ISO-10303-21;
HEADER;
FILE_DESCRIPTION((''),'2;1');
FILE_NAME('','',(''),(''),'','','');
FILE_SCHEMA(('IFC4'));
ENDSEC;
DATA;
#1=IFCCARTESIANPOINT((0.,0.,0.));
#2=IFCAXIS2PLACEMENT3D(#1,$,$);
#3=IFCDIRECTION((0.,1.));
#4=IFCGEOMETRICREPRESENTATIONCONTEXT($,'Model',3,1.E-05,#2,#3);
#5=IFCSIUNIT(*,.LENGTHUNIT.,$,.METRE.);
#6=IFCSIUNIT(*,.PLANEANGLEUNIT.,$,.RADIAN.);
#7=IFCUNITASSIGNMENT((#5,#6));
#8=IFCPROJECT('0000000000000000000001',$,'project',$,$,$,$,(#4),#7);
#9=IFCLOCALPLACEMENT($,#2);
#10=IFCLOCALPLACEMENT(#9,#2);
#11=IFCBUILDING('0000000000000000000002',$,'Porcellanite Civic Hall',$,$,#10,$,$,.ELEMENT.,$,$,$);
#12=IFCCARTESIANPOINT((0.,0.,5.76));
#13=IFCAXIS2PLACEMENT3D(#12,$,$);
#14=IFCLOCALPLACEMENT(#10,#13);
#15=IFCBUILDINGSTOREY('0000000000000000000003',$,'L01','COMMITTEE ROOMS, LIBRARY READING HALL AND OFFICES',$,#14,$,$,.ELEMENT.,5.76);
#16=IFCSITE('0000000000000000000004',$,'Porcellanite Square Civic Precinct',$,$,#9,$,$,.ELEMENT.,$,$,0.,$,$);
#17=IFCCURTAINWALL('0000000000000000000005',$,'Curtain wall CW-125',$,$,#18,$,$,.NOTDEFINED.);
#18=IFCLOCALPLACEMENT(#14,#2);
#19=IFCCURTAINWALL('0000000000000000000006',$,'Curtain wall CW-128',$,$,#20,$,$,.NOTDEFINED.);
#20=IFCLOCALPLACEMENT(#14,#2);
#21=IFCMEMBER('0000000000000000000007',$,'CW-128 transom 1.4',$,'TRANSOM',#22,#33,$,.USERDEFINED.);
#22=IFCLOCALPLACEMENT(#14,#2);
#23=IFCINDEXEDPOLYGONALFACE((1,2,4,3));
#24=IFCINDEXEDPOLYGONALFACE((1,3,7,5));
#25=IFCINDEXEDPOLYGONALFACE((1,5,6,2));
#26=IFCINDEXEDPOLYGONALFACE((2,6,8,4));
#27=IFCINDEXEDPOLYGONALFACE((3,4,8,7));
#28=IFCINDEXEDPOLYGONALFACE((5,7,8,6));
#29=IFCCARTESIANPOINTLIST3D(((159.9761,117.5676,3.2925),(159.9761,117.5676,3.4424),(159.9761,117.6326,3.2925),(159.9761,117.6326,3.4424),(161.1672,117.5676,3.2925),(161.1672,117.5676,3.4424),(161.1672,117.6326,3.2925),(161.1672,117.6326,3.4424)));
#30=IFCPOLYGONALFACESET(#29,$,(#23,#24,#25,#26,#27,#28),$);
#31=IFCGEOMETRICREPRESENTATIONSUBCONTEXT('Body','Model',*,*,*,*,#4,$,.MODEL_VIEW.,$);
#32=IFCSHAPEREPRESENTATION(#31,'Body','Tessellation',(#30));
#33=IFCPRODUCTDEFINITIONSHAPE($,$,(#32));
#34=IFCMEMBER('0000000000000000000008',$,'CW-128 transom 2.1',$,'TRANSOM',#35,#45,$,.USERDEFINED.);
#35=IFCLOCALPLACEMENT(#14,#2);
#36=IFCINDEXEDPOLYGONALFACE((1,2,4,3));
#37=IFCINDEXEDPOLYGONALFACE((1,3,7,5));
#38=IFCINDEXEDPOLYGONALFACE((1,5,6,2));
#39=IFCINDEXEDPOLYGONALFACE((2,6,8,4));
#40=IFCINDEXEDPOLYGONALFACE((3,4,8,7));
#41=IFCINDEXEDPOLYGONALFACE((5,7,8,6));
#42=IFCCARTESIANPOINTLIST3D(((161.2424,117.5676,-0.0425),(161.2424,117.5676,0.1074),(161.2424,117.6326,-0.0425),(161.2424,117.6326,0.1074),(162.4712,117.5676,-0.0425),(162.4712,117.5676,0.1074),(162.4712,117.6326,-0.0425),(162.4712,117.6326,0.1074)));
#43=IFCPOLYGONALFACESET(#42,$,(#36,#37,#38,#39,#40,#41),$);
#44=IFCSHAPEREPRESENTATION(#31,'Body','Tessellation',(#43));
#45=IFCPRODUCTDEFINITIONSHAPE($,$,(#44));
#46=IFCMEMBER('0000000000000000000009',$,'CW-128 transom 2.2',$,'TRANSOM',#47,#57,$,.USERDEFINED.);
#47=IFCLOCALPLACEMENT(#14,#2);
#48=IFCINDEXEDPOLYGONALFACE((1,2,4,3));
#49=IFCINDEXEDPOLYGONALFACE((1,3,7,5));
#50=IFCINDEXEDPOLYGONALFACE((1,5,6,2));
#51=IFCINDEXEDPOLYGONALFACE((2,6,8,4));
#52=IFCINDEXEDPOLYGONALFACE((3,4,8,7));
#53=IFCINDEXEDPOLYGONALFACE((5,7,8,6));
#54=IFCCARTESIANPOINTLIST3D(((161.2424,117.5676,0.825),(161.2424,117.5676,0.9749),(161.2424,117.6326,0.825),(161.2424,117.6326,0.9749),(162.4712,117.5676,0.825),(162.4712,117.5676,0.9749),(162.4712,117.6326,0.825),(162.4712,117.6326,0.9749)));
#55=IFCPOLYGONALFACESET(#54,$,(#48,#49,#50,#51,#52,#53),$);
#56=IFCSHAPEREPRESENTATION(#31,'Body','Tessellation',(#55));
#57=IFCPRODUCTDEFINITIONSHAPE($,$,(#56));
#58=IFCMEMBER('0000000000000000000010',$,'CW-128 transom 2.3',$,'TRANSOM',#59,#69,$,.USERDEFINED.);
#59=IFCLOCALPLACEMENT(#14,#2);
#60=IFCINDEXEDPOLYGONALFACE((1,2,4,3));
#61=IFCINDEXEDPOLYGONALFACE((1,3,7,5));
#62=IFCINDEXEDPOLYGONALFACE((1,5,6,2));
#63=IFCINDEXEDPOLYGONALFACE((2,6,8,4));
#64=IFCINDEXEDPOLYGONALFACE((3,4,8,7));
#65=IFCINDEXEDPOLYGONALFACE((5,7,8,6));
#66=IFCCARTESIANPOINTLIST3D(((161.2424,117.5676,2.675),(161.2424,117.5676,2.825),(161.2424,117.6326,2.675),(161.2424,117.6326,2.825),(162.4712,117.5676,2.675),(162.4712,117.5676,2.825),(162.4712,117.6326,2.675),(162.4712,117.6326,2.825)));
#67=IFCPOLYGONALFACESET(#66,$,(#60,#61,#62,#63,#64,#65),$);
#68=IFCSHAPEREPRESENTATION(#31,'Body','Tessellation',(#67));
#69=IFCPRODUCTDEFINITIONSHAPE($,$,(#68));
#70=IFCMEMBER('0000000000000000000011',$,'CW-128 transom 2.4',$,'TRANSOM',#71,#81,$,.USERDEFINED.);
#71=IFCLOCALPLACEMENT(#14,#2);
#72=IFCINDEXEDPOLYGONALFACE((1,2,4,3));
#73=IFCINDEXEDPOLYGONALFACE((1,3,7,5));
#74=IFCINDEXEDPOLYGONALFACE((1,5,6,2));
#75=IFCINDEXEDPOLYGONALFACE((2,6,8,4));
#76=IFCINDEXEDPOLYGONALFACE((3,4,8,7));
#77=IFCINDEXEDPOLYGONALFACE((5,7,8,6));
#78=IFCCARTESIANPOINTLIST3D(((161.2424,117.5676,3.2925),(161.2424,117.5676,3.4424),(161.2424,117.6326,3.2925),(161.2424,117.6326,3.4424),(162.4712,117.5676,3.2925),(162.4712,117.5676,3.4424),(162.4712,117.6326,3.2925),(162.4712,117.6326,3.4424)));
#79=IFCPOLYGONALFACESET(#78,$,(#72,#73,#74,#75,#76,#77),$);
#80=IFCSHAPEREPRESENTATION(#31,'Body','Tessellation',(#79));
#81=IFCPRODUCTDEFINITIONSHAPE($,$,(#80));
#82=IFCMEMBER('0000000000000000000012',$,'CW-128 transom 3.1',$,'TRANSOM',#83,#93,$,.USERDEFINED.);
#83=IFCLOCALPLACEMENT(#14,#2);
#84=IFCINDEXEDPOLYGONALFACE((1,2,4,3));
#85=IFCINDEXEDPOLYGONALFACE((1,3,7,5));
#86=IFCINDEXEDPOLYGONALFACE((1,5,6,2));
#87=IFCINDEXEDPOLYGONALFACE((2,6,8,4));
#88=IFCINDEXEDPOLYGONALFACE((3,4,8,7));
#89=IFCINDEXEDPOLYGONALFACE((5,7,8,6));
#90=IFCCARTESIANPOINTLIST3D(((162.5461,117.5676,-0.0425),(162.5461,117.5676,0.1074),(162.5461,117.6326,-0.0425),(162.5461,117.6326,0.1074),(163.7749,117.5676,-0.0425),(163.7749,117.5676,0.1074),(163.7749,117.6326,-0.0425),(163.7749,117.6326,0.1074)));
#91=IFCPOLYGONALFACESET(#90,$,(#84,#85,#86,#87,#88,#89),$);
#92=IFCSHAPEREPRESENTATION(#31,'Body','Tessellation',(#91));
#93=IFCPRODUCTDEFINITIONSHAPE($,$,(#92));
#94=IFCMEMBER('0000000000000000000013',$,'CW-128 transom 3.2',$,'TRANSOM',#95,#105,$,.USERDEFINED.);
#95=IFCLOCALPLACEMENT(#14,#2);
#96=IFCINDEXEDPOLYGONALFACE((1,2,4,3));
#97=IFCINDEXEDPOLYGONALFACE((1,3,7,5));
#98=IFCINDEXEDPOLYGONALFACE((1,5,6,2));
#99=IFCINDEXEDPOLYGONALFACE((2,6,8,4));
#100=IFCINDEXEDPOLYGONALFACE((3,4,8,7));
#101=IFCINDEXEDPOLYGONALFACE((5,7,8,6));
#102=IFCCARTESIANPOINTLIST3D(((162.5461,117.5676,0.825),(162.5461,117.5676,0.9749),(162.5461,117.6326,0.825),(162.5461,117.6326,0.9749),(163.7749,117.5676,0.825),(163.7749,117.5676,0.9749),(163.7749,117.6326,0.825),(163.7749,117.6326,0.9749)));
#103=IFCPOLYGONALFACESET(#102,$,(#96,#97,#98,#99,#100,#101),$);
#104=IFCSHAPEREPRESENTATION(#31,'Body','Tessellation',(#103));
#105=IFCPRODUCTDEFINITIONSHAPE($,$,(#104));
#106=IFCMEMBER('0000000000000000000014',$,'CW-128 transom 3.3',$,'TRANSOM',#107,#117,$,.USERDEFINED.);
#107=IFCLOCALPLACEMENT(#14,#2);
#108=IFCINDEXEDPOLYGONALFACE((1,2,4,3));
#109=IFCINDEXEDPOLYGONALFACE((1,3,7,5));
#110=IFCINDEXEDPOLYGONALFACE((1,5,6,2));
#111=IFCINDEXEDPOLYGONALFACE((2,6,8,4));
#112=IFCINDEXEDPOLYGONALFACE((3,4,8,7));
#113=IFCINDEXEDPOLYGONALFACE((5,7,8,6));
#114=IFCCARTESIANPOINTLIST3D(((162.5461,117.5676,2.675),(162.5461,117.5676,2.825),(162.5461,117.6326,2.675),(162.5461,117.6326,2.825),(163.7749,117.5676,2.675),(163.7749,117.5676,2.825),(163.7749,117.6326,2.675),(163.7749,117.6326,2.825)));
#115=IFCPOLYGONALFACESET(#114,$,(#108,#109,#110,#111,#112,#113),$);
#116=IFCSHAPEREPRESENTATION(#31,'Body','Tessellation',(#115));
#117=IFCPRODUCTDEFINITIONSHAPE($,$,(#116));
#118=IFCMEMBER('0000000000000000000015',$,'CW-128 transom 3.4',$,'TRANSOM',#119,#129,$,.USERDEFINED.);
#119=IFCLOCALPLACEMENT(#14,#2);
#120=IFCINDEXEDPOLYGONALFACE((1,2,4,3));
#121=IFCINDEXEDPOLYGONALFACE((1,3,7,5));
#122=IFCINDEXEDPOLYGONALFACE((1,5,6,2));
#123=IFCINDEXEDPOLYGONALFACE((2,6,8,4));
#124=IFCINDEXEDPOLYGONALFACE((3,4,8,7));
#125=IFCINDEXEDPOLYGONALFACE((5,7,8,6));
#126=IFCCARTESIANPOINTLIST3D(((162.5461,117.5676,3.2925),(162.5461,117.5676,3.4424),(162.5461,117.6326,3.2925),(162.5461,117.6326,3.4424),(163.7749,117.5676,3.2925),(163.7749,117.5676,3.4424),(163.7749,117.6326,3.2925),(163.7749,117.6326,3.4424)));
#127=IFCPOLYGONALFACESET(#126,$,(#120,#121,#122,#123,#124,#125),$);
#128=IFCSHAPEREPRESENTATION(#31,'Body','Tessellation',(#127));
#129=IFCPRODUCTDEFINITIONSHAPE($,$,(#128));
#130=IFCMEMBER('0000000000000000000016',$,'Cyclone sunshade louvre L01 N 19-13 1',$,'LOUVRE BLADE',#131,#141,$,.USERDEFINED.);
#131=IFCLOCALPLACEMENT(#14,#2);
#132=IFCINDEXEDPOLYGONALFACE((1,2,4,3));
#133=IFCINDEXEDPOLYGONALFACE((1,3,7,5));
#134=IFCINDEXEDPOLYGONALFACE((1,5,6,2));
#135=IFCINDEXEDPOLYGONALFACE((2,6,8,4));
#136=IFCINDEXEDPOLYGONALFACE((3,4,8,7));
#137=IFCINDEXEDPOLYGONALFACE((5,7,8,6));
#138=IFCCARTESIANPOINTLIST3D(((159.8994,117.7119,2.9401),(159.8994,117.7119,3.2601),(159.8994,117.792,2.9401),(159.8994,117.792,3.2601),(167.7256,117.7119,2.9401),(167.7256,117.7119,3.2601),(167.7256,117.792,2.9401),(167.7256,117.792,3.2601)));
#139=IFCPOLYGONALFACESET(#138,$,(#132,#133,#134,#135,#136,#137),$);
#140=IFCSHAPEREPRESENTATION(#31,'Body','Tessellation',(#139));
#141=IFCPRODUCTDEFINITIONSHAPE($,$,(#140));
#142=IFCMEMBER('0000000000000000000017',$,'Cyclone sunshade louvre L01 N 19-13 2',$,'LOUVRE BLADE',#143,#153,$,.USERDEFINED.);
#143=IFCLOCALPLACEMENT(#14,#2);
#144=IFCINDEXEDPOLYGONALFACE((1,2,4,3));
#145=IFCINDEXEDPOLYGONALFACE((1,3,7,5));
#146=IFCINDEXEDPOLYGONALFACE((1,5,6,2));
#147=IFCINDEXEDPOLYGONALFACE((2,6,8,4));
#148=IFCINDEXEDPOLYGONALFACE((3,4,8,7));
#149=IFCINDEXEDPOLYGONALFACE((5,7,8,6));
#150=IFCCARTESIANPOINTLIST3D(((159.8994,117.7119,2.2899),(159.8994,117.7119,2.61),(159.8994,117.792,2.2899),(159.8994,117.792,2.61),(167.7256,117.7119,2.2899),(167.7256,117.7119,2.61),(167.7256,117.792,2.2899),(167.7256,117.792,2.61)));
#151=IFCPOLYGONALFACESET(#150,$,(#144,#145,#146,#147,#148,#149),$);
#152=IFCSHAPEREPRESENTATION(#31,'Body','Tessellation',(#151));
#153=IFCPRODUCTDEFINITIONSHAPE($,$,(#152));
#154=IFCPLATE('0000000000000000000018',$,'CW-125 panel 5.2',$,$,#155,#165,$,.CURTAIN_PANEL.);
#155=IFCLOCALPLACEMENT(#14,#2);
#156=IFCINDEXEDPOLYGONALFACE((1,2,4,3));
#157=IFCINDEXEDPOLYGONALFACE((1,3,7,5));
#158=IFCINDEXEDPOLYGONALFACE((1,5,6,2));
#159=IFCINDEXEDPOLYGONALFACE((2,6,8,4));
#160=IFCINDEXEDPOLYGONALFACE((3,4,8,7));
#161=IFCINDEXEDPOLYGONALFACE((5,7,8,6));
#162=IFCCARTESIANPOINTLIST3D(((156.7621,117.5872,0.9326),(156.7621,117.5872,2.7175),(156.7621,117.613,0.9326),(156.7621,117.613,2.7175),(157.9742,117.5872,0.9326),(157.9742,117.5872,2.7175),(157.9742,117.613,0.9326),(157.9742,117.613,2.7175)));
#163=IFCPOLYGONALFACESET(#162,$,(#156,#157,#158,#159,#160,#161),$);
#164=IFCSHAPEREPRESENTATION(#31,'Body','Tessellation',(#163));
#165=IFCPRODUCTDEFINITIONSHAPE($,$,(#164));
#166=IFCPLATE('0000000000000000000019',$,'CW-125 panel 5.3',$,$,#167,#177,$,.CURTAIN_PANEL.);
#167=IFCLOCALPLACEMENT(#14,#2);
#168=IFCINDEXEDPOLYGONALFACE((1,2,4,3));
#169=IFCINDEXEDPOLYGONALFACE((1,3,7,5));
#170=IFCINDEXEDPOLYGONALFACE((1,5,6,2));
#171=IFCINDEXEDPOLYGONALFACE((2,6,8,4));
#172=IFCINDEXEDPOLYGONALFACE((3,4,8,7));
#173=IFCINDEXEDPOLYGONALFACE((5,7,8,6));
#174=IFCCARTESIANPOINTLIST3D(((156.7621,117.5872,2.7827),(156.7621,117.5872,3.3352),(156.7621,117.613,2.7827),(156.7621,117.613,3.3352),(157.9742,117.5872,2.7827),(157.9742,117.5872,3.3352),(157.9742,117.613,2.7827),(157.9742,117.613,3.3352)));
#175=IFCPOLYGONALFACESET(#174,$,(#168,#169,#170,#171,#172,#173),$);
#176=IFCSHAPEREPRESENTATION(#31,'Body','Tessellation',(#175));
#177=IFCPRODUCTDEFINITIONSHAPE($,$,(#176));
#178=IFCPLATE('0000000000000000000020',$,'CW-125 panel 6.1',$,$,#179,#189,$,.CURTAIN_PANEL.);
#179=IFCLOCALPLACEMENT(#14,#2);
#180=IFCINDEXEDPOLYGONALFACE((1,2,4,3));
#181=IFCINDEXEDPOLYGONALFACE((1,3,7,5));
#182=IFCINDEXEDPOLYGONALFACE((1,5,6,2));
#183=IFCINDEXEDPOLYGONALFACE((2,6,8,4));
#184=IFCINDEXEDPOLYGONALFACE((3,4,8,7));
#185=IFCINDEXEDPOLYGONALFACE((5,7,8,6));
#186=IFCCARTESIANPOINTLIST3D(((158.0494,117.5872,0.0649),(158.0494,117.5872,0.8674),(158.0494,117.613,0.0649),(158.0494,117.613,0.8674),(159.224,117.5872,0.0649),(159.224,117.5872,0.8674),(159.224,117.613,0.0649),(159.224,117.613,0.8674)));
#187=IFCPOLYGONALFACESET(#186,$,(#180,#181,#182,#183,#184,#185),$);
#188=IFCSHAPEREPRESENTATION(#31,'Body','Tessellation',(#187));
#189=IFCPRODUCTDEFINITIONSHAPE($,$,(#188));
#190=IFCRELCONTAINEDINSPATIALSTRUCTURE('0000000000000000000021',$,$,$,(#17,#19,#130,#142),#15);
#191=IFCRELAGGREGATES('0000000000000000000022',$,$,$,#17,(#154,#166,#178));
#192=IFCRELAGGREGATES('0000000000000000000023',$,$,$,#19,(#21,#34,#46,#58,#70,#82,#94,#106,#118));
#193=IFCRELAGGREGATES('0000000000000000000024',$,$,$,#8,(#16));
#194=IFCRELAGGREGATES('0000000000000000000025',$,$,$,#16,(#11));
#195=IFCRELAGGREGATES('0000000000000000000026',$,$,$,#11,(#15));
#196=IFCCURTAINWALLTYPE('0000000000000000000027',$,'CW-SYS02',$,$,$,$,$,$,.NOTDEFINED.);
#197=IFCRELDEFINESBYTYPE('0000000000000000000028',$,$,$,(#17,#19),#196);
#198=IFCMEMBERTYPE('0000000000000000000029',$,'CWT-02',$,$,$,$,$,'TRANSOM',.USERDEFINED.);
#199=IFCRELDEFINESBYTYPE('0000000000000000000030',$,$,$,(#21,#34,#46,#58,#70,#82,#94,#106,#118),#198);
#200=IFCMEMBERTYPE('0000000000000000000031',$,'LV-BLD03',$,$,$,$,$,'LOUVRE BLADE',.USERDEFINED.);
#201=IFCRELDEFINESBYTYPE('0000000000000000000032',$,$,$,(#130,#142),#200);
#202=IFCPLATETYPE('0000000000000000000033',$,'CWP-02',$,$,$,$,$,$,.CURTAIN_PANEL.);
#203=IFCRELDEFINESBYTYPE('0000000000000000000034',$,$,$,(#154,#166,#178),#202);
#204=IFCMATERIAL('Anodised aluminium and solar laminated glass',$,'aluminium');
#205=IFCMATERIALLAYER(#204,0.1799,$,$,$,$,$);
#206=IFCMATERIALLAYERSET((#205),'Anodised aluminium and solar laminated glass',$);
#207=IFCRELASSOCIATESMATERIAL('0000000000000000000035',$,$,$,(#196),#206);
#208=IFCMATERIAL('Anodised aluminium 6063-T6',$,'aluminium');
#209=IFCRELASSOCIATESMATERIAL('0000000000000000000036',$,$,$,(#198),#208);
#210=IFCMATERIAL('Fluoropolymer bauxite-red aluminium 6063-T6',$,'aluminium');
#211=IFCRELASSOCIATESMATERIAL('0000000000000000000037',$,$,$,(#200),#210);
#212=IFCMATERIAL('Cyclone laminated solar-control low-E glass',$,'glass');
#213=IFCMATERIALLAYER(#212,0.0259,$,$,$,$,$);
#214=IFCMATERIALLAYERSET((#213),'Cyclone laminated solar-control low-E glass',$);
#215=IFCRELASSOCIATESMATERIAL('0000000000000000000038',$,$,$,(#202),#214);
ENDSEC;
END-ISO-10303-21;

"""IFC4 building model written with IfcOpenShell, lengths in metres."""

from ifc_helpers import new_model, si_unit, direction, frame, origin, origin_2d, place, context, subcontext, project, spatial, rectangle, extrude, material, layer, layer_set, material_profile, profile_set, type_object, element, aggregate, save


model = new_model("IFC4")

# Units and contexts
model_context = context("Model", 3, precision=1e-05, world=origin(), true_north=direction((0.0, 1.0)))
body_context = subcontext(model_context, "Body", "Model", "MODEL_VIEW")
ifc_project = project(units=[si_unit("LENGTHUNIT", "METRE"), si_unit("PLANEANGLEUNIT", "RADIAN")], contexts=[model_context])

# Site, building, storey
site_placement = place(None, origin())
site = spatial("IfcSite", under=ifc_project, at=site_placement, Name="Porcellanite Square Civic Precinct", CompositionType="ELEMENT", RefElevation=0.0)
building_placement = place(site_placement, origin())
building = spatial("IfcBuilding", under=site, at=building_placement, Name="Porcellanite Civic Hall", CompositionType="ELEMENT")
storey_placement = place(building_placement, frame((0.0, 0.0, 5.76)))
storey = spatial("IfcBuildingStorey", under=building, at=storey_placement, Name="L01", Description="COMMITTEE ROOMS, LIBRARY READING HALL AND OFFICES", CompositionType="ELEMENT", Elevation=5.76)

# Curtain walls
ifc_material_1 = material(Name="Anodised aluminium and solar laminated glass", Category="aluminium")
ifc_layer_1 = layer(ifc_material_1, 0.1799)
ifc_layer_set_1 = layer_set([ifc_layer_1], Name="Anodised aluminium and solar laminated glass")
curtain_wall_type = type_object("IfcCurtainWallType", Name="CW-SYS02", PredefinedType="NOTDEFINED", material=ifc_layer_set_1)
curtain_wall_1_placement = place(storey_placement, origin())
curtain_wall_1 = element("IfcCurtainWall", 1, at=curtain_wall_1_placement, inside=storey, type_object=curtain_wall_type, Name="Curtain wall CW-125", PredefinedType="NOTDEFINED")
curtain_wall_2_placement = place(storey_placement, origin())
curtain_wall_2 = element("IfcCurtainWall", 2, at=curtain_wall_2_placement, inside=storey, type_object=curtain_wall_type, Name="Curtain wall CW-128", PredefinedType="NOTDEFINED")

# Members
ifc_material_2 = material(Name="Anodised aluminium 6063-T6", Category="aluminium")
ifc_material_profile_1 = material_profile(ifc_material_2, rectangle(XDim=0.0649, YDim=0.1499, at=origin_2d()), Name="AL-65x150")
ifc_profile_set_1 = profile_set([ifc_material_profile_1], Name="Anodised aluminium 6063-T6")
member_type_1 = type_object("IfcMemberType", Name="CWT-02", ElementType="TRANSOM", PredefinedType="USERDEFINED", material=ifc_profile_set_1)
member_1_placement = place(storey_placement, frame((159.9761, 117.6001, 3.3674), z_axis=(1.0, 0.0, 0.0), x_axis=(0.0, 1.0, 0.0)))
member_1 = element("IfcMember", 3, at=member_1_placement, type_object=member_type_1, Name="CW-128 transom 1.4", ObjectType="TRANSOM", PredefinedType="USERDEFINED", context=body_context, shape_type="SweptSolid", body=[
    extrude(rectangle(XDim=0.0649, YDim=0.1499, at=origin_2d()), origin(), (0.0, 0.0, 1.0), 1.1912),
])
member_2_placement = place(storey_placement, frame((161.2424, 117.6001, 0.0325), z_axis=(1.0, 0.0, 0.0), x_axis=(0.0, 1.0, 0.0)))
member_2 = element("IfcMember", 4, at=member_2_placement, type_object=member_type_1, Name="CW-128 transom 2.1", ObjectType="TRANSOM", PredefinedType="USERDEFINED", context=body_context, shape_type="SweptSolid", body=[
    extrude(rectangle(XDim=0.0649, YDim=0.1499, at=origin_2d()), origin(), (0.0, 0.0, 1.0), 1.2288),
])
member_3_placement = place(storey_placement, frame((161.2424, 117.6001, 0.8999), z_axis=(1.0, 0.0, 0.0), x_axis=(0.0, 1.0, 0.0)))
member_3 = element("IfcMember", 5, at=member_3_placement, type_object=member_type_1, Name="CW-128 transom 2.2", ObjectType="TRANSOM", PredefinedType="USERDEFINED", context=body_context, shape_type="SweptSolid", body=[
    extrude(rectangle(XDim=0.0649, YDim=0.1499, at=origin_2d()), origin(), (0.0, 0.0, 1.0), 1.2288),
])
member_4_placement = place(storey_placement, frame((161.2424, 117.6001, 2.75), z_axis=(1.0, 0.0, 0.0), x_axis=(0.0, 1.0, 0.0)))
member_4 = element("IfcMember", 6, at=member_4_placement, type_object=member_type_1, Name="CW-128 transom 2.3", ObjectType="TRANSOM", PredefinedType="USERDEFINED", context=body_context, shape_type="SweptSolid", body=[
    extrude(rectangle(XDim=0.0649, YDim=0.1499, at=origin_2d()), origin(), (0.0, 0.0, 1.0), 1.2288),
])
member_5_placement = place(storey_placement, frame((161.2424, 117.6001, 3.3674), z_axis=(1.0, 0.0, 0.0), x_axis=(0.0, 1.0, 0.0)))
member_5 = element("IfcMember", 7, at=member_5_placement, type_object=member_type_1, Name="CW-128 transom 2.4", ObjectType="TRANSOM", PredefinedType="USERDEFINED", context=body_context, shape_type="SweptSolid", body=[
    extrude(rectangle(XDim=0.0649, YDim=0.1499, at=origin_2d()), origin(), (0.0, 0.0, 1.0), 1.2288),
])
member_6_placement = place(storey_placement, frame((162.5461, 117.6001, 0.0325), z_axis=(1.0, 0.0, 0.0), x_axis=(0.0, 1.0, 0.0)))
member_6 = element("IfcMember", 8, at=member_6_placement, type_object=member_type_1, Name="CW-128 transom 3.1", ObjectType="TRANSOM", PredefinedType="USERDEFINED", context=body_context, shape_type="SweptSolid", body=[
    extrude(rectangle(XDim=0.0649, YDim=0.1499, at=origin_2d()), origin(), (0.0, 0.0, 1.0), 1.2288),
])
member_7_placement = place(storey_placement, frame((162.5461, 117.6001, 0.8999), z_axis=(1.0, 0.0, 0.0), x_axis=(0.0, 1.0, 0.0)))
member_7 = element("IfcMember", 9, at=member_7_placement, type_object=member_type_1, Name="CW-128 transom 3.2", ObjectType="TRANSOM", PredefinedType="USERDEFINED", context=body_context, shape_type="SweptSolid", body=[
    extrude(rectangle(XDim=0.0649, YDim=0.1499, at=origin_2d()), origin(), (0.0, 0.0, 1.0), 1.2288),
])
member_8_placement = place(storey_placement, frame((162.5461, 117.6001, 2.75), z_axis=(1.0, 0.0, 0.0), x_axis=(0.0, 1.0, 0.0)))
member_8 = element("IfcMember", 10, at=member_8_placement, type_object=member_type_1, Name="CW-128 transom 3.3", ObjectType="TRANSOM", PredefinedType="USERDEFINED", context=body_context, shape_type="SweptSolid", body=[
    extrude(rectangle(XDim=0.0649, YDim=0.1499, at=origin_2d()), origin(), (0.0, 0.0, 1.0), 1.2288),
])
member_9_placement = place(storey_placement, frame((162.5461, 117.6001, 3.3674), z_axis=(1.0, 0.0, 0.0), x_axis=(0.0, 1.0, 0.0)))
member_9 = element("IfcMember", 11, at=member_9_placement, type_object=member_type_1, Name="CW-128 transom 3.4", ObjectType="TRANSOM", PredefinedType="USERDEFINED", context=body_context, shape_type="SweptSolid", body=[
    extrude(rectangle(XDim=0.0649, YDim=0.1499, at=origin_2d()), origin(), (0.0, 0.0, 1.0), 1.2288),
])

# Members
ifc_material_3 = material(Name="Fluoropolymer bauxite-red aluminium 6063-T6", Category="aluminium")
ifc_material_profile_2 = material_profile(ifc_material_3, rectangle(XDim=0.0801, YDim=0.3201, at=origin_2d()), Name="AL-80x320")
ifc_profile_set_2 = profile_set([ifc_material_profile_2], Name="Fluoropolymer bauxite-red aluminium 6063-T6")
member_type_2 = type_object("IfcMemberType", Name="LV-BLD03", ElementType="LOUVRE BLADE", PredefinedType="USERDEFINED", material=ifc_profile_set_2)
for number, where, z_axis, x_axis, name in (
    (12, (159.8994, 117.752, 3.1001), (1.0, 0.0, 0.0), (0.0, 1.0, 0.0), "Cyclone sunshade louvre L01 N 19-13 1"),
    (13, (159.8994, 117.752, 2.45), (1.0, 0.0, 0.0), (0.0, 1.0, 0.0), "Cyclone sunshade louvre L01 N 19-13 2"),
):
    element("IfcMember", number, at=place(storey_placement, frame(where, z_axis=z_axis, x_axis=x_axis)), inside=storey, type_object=member_type_2, Name=name, ObjectType="LOUVRE BLADE", PredefinedType="USERDEFINED", context=body_context, shape_type="SweptSolid", body=[
        extrude(rectangle(XDim=0.0801, YDim=0.3201, at=origin_2d()), origin(), (0.0, 0.0, 1.0), 7.8262),
    ])

# Plates
ifc_material_4 = material(Name="Cyclone laminated solar-control low-E glass", Category="glass")
ifc_layer_2 = layer(ifc_material_4, 0.0259)
ifc_layer_set_2 = layer_set([ifc_layer_2], Name="Cyclone laminated solar-control low-E glass")
plate_type = type_object("IfcPlateType", Name="CWP-02", PredefinedType="CURTAIN_PANEL", material=ifc_layer_set_2)
plate_1_placement = place(storey_placement, frame((157.3682, 117.6001, 0.9326), z_axis=(0.0, 0.0, 1.0), x_axis=(1.0, 0.0, 0.0)))
plate_1 = element("IfcPlate", 14, at=plate_1_placement, type_object=plate_type, Name="CW-125 panel 5.2", PredefinedType="CURTAIN_PANEL", context=body_context, shape_type="SweptSolid", body=[
    extrude(rectangle(XDim=1.2122, YDim=0.0259, at=origin_2d()), origin(), (0.0, 0.0, 1.0), 1.7849),
])
plate_2_placement = place(storey_placement, frame((157.3682, 117.6001, 2.7827), z_axis=(0.0, 0.0, 1.0), x_axis=(1.0, 0.0, 0.0)))
plate_2 = element("IfcPlate", 15, at=plate_2_placement, type_object=plate_type, Name="CW-125 panel 5.3", PredefinedType="CURTAIN_PANEL", context=body_context, shape_type="SweptSolid", body=[
    extrude(rectangle(XDim=1.2122, YDim=0.0259, at=origin_2d()), origin(), (0.0, 0.0, 1.0), 0.5525),
])
plate_3_placement = place(storey_placement, frame((158.6367, 117.6001, 0.0649), z_axis=(0.0, 0.0, 1.0), x_axis=(1.0, 0.0, 0.0)))
plate_3 = element("IfcPlate", 16, at=plate_3_placement, type_object=plate_type, Name="CW-125 panel 6.1", PredefinedType="CURTAIN_PANEL", context=body_context, shape_type="SweptSolid", body=[
    extrude(rectangle(XDim=1.1746, YDim=0.0259, at=origin_2d()), origin(), (0.0, 0.0, 1.0), 0.8025),
])
aggregate(curtain_wall_1, [plate_1, plate_2, plate_3])
aggregate(curtain_wall_2, [member_1, member_2, member_3, member_4, member_5, member_6, member_7, member_8, member_9])

save(model, "model.ifc")
